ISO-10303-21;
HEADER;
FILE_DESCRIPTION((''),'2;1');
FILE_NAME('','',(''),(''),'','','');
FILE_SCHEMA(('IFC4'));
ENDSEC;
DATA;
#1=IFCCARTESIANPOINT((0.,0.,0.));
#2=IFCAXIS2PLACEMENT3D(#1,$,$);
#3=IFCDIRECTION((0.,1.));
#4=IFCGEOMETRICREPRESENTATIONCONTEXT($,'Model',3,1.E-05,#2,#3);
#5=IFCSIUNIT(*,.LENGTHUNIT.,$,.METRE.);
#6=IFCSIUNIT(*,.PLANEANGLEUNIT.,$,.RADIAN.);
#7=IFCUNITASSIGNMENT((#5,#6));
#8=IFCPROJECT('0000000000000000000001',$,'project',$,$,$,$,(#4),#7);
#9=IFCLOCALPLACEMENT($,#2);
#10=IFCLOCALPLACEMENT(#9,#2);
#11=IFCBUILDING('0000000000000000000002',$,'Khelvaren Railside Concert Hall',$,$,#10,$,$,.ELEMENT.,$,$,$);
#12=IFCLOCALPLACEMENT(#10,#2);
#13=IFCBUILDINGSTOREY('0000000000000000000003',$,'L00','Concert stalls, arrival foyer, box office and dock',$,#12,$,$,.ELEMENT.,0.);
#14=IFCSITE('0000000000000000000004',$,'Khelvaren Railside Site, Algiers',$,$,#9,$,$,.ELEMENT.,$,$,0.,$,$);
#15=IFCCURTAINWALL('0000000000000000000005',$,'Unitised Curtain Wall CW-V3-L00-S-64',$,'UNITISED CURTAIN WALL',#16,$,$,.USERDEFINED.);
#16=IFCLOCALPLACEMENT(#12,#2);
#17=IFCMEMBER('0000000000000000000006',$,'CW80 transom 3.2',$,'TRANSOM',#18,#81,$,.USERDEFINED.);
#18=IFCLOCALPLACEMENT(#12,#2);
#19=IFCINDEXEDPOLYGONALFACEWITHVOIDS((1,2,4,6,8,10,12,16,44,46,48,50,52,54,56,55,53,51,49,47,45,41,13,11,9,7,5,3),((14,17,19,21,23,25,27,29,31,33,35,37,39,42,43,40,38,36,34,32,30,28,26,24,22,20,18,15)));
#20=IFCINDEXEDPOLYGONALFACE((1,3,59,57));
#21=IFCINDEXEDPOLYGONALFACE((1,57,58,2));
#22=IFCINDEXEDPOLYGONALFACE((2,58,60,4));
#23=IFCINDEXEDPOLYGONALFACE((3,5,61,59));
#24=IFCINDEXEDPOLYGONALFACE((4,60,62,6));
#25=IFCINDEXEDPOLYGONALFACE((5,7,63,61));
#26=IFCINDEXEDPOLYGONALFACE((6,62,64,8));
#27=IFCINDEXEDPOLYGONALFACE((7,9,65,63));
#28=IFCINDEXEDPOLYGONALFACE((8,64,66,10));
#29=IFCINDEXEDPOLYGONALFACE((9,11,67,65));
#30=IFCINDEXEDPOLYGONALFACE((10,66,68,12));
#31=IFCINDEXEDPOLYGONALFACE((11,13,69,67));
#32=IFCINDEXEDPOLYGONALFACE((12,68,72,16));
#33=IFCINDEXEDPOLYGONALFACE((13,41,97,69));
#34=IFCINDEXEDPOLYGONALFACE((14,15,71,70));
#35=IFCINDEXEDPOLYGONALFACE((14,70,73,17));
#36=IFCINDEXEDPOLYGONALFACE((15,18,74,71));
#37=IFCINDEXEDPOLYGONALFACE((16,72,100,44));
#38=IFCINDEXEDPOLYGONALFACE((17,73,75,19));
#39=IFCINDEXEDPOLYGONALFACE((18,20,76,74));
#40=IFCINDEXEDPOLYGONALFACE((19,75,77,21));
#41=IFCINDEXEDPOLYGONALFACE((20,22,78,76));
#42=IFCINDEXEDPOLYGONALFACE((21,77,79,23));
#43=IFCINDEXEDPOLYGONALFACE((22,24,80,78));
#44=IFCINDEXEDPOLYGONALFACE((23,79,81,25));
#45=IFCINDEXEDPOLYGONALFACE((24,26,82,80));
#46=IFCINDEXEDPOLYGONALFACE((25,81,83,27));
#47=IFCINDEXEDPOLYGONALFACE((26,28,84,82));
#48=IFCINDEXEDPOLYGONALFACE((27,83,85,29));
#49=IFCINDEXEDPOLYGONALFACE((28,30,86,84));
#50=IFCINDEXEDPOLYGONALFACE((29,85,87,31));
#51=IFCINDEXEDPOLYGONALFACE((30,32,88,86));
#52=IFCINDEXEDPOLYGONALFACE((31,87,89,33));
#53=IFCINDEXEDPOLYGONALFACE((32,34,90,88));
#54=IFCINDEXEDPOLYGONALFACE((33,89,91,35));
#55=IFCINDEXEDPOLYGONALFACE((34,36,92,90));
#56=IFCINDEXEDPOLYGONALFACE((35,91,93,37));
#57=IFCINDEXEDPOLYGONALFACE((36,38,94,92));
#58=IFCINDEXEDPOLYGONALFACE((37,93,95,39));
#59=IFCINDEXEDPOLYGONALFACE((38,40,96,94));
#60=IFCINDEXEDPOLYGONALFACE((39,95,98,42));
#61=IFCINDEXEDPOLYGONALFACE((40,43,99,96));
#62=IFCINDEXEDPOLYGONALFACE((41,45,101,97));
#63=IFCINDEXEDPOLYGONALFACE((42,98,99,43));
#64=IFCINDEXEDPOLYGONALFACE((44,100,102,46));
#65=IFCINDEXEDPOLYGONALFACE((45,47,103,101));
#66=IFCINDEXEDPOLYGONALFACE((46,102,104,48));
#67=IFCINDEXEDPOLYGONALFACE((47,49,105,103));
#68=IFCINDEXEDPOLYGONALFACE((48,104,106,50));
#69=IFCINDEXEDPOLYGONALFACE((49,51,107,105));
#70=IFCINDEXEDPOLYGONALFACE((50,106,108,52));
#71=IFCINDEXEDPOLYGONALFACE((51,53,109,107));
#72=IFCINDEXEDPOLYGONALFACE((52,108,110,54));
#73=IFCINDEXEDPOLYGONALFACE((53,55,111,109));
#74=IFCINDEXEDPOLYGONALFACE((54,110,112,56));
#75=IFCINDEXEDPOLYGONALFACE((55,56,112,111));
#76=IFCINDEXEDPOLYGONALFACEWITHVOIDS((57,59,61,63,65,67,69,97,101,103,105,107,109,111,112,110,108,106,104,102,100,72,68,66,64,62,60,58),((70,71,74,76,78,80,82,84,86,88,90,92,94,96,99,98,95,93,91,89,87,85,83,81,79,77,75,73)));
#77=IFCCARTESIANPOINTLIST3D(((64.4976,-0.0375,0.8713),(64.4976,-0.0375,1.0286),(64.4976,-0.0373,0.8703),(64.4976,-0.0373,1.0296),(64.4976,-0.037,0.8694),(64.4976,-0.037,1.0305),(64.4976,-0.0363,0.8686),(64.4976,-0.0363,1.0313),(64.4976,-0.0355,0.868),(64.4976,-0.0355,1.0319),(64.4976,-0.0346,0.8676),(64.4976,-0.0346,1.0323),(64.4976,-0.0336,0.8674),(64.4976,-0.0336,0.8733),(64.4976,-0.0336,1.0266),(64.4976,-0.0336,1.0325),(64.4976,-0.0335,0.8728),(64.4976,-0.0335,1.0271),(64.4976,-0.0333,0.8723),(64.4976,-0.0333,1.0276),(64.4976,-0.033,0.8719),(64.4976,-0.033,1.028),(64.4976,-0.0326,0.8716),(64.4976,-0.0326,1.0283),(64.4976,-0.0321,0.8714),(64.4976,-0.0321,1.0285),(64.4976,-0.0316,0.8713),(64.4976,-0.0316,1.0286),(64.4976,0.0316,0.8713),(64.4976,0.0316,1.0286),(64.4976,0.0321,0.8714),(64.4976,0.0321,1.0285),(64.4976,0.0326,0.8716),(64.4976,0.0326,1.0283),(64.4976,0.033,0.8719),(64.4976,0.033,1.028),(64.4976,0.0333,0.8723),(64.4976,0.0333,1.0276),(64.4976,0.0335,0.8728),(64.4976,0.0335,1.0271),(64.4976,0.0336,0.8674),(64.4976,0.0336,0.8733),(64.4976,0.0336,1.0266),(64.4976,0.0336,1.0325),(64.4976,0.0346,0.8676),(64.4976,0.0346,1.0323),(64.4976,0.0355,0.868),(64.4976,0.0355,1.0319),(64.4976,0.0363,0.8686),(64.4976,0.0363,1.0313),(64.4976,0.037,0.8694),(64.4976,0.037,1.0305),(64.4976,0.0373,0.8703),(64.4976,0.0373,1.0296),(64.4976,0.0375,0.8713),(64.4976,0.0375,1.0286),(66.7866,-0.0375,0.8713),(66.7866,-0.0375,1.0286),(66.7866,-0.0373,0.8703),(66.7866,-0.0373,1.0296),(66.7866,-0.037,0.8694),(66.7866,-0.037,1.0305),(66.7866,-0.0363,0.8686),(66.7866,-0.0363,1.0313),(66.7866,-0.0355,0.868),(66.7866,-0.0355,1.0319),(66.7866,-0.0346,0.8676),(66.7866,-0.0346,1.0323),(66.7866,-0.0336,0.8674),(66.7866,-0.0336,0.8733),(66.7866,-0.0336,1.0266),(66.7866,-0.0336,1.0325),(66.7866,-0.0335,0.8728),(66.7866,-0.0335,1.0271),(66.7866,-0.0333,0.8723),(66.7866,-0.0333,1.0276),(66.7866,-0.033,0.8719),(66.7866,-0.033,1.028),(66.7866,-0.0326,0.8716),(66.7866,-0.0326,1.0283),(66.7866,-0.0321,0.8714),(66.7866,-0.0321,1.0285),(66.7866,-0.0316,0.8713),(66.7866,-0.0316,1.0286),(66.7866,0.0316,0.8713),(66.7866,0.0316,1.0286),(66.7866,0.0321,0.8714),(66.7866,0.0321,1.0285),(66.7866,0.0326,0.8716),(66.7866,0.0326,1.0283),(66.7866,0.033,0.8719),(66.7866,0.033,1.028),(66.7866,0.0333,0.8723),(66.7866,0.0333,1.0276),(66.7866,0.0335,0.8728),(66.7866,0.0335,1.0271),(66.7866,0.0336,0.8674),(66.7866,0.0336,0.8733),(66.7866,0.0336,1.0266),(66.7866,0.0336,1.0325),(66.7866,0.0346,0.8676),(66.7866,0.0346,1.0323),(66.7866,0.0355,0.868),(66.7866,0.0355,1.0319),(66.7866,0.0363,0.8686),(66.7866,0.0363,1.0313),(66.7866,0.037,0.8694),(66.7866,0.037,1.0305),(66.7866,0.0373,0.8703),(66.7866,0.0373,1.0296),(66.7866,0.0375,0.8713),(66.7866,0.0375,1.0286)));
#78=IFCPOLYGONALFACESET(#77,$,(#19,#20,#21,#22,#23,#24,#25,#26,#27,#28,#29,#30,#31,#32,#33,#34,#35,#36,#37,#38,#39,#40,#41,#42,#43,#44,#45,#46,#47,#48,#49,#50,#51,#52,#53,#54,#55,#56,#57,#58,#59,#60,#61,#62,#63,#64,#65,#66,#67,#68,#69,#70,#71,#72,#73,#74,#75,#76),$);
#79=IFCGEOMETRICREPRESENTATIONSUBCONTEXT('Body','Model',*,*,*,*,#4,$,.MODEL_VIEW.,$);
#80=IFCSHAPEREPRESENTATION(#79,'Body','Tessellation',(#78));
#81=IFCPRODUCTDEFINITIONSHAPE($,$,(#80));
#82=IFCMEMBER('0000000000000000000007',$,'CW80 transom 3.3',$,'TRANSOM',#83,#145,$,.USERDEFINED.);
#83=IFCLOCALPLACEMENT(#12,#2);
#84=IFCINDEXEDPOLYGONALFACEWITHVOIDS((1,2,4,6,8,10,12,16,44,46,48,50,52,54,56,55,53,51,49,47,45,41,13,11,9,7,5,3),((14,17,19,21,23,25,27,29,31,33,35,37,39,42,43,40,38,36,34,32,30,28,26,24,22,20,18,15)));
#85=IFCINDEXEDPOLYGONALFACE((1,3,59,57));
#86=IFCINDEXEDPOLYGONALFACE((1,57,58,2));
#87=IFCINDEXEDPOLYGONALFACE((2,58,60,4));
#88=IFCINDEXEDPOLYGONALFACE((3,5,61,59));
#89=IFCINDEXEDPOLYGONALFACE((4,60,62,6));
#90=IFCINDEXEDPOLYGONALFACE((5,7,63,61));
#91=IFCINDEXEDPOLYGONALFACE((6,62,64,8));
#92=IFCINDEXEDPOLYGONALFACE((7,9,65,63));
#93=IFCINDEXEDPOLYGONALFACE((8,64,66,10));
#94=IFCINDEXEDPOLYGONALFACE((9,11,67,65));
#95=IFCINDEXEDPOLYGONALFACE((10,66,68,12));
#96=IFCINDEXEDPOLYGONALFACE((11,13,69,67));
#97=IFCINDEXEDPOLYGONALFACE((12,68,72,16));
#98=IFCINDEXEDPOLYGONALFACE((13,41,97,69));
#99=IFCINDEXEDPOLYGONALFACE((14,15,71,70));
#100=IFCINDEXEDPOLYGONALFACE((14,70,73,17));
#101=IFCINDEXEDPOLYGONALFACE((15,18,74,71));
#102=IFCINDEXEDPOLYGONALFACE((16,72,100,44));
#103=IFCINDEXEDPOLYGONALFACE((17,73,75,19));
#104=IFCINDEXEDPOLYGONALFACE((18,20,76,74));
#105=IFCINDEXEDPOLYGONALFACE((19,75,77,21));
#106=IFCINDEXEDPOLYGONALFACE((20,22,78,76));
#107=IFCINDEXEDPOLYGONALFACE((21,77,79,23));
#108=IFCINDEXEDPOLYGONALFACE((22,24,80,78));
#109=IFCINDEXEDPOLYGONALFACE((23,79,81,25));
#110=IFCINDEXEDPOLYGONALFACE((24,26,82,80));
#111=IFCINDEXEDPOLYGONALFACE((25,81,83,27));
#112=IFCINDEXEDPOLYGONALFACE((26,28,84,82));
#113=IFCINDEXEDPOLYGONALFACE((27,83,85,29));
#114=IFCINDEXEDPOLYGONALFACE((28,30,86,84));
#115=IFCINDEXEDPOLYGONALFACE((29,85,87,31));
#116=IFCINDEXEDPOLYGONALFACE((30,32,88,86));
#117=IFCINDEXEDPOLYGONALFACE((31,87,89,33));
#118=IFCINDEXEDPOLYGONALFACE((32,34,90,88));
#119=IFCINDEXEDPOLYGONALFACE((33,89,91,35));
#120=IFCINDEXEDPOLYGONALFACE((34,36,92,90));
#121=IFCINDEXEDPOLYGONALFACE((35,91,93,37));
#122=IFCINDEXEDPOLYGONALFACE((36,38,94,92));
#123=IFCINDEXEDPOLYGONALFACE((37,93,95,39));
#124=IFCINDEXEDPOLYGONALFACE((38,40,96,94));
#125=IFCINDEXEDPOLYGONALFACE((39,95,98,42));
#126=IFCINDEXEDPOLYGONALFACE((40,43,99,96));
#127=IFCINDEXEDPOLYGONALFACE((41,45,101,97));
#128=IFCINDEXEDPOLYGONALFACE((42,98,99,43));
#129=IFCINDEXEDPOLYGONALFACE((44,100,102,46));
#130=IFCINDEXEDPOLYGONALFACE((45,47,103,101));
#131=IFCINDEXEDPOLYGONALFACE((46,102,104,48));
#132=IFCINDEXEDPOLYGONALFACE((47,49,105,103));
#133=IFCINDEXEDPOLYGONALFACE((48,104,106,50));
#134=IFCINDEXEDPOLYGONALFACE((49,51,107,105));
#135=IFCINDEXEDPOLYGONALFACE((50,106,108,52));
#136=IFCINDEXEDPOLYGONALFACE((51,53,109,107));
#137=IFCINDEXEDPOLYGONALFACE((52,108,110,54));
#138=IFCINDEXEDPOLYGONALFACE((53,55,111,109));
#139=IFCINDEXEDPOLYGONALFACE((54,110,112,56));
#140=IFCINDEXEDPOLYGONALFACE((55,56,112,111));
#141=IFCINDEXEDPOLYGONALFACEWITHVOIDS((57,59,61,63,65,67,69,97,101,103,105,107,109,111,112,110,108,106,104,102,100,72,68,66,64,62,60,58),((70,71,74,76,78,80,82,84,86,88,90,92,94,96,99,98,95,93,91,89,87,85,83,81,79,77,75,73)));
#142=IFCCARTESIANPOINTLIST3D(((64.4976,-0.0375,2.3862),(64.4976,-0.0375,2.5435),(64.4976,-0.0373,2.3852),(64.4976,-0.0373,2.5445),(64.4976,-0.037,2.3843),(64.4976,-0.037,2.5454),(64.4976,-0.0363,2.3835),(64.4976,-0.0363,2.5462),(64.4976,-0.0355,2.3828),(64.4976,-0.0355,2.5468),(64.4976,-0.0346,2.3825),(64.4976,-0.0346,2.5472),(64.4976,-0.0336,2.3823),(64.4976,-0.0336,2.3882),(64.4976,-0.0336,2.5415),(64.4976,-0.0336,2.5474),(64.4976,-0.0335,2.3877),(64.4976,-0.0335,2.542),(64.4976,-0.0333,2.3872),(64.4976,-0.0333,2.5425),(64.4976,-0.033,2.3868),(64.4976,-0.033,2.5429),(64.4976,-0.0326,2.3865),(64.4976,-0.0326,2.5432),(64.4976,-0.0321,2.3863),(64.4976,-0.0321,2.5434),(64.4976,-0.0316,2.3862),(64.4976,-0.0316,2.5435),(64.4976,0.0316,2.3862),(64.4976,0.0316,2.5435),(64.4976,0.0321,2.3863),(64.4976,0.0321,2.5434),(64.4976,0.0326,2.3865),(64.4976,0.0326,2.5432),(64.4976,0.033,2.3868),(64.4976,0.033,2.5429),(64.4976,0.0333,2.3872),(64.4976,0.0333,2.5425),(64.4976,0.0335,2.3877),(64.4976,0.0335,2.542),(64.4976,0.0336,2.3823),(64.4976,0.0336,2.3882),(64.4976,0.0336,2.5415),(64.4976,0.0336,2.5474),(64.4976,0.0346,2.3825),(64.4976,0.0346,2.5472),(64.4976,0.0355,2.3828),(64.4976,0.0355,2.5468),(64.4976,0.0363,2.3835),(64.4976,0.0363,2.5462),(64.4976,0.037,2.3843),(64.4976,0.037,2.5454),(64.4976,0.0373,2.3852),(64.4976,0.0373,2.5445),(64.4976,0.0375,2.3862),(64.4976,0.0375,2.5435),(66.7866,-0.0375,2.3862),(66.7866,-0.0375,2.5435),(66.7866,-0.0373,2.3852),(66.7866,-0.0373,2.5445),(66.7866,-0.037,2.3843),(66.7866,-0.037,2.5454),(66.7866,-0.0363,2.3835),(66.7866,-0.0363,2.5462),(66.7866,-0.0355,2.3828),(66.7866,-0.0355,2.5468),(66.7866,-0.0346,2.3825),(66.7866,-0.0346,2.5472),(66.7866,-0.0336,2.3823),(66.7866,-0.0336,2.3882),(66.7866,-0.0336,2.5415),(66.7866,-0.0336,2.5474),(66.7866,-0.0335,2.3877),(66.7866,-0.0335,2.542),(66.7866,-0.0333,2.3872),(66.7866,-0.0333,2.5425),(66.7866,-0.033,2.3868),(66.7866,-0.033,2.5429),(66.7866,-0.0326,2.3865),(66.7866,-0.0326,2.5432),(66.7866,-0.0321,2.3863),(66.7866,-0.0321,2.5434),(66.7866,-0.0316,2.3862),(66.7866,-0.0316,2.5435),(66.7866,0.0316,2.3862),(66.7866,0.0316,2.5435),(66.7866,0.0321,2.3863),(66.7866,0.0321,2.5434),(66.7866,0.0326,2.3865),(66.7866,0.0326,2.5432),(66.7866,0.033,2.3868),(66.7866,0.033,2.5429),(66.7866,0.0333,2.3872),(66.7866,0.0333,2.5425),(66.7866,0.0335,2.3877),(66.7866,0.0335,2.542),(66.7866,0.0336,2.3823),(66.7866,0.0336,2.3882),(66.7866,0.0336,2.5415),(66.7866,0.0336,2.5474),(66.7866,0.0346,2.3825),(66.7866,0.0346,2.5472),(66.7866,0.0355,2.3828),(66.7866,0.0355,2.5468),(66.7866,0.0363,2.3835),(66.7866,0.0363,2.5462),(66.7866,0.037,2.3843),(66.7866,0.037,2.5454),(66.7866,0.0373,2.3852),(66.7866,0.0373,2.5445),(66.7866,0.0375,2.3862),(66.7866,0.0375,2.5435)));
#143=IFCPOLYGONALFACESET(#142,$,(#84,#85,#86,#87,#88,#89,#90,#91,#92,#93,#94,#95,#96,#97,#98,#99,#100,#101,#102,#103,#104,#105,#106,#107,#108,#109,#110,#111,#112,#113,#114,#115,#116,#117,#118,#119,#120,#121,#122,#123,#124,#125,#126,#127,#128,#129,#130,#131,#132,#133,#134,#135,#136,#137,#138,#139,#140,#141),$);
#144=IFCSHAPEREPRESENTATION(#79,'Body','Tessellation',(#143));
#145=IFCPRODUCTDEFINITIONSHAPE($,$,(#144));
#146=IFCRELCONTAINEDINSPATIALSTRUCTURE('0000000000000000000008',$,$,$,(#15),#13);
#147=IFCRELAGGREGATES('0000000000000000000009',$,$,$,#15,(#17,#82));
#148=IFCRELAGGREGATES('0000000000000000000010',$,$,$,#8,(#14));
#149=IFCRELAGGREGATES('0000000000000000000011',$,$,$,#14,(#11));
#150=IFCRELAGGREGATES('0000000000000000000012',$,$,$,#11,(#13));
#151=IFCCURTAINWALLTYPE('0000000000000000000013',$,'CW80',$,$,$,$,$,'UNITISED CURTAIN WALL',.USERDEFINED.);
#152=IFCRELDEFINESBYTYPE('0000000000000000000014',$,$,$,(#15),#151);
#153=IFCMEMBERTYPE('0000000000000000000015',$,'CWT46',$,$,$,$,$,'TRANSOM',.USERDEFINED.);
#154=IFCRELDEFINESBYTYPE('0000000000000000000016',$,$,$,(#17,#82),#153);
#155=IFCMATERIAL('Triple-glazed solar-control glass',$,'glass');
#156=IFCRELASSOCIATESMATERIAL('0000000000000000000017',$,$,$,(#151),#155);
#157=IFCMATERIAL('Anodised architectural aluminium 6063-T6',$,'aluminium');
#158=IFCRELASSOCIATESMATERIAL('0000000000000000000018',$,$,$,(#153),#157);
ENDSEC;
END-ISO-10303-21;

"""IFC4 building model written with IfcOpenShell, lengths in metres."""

from ifc_helpers import new_model, si_unit, direction, frame, origin, origin_2d, place, context, subcontext, project, spatial, hollow_rectangle, extrude, material, material_profile, profile_set, type_object, element, aggregate, save


model = new_model("IFC4")

# Units and contexts
model_context = context("Model", 3, precision=1e-05, world=origin(), true_north=direction((0.0, 1.0)))
body_context = subcontext(model_context, "Body", "Model", "MODEL_VIEW")
ifc_project = project(units=[si_unit("LENGTHUNIT", "METRE"), si_unit("PLANEANGLEUNIT", "RADIAN")], contexts=[model_context])

# Site, building, storey
site_placement = place(None, origin())
site = spatial("IfcSite", under=ifc_project, at=site_placement, Name="Khelvaren Railside Site, Algiers", CompositionType="ELEMENT", RefElevation=0.0)
building_placement = place(site_placement, origin())
building = spatial("IfcBuilding", under=site, at=building_placement, Name="Khelvaren Railside Concert Hall", CompositionType="ELEMENT")
storey_placement = place(building_placement, origin())
storey = spatial("IfcBuildingStorey", under=building, at=storey_placement, Name="L00", Description="Concert stalls, arrival foyer, box office and dock", CompositionType="ELEMENT", Elevation=0.0)

# Curtain wall, members
ifc_material_1 = material(Name="Triple-glazed solar-control glass", Category="glass")
curtain_wall_type = type_object("IfcCurtainWallType", Name="CW80", ElementType="UNITISED CURTAIN WALL", PredefinedType="USERDEFINED", material=ifc_material_1)
curtain_wall_placement = place(storey_placement, origin())
curtain_wall = element("IfcCurtainWall", 1, at=curtain_wall_placement, inside=storey, type_object=curtain_wall_type, Name="Unitised Curtain Wall CW-V3-L00-S-64", ObjectType="UNITISED CURTAIN WALL", PredefinedType="USERDEFINED")
ifc_material_2 = material(Name="Anodised architectural aluminium 6063-T6", Category="aluminium")
ifc_material_profile_1 = material_profile(ifc_material_2, hollow_rectangle(XDim=0.075, YDim=0.165, WallThickness=0.0039, InnerFilletRadius=0.002, OuterFilletRadius=0.0039, at=origin_2d()), Name="CWT 75x165x4")
ifc_profile_set_1 = profile_set([ifc_material_profile_1], Name="Anodised architectural aluminium 6063-T6")
member_type_1 = type_object("IfcMemberType", Name="CWT46", ElementType="TRANSOM", PredefinedType="USERDEFINED", material=ifc_profile_set_1)
member_1_placement = place(storey_placement, frame((66.7866, 0.0, 0.95), z_axis=(-1.0, 0.0, 0.0), x_axis=(0.0, -1.0, 0.0)))
member_1 = element("IfcMember", 2, at=member_1_placement, type_object=member_type_1, Name="CW80 transom 3.2", ObjectType="TRANSOM", PredefinedType="USERDEFINED", context=body_context, shape_type="SweptSolid", body=[
    extrude(hollow_rectangle(XDim=0.075, YDim=0.165, WallThickness=0.0039, InnerFilletRadius=0.002, OuterFilletRadius=0.0039, at=origin_2d()), origin(), (0.0, 0.0, 1.0), 2.2891),
])
member_2_placement = place(storey_placement, frame((66.7866, 0.0, 2.4648), z_axis=(-1.0, 0.0, 0.0), x_axis=(0.0, -1.0, 0.0)))
member_2 = element("IfcMember", 3, at=member_2_placement, type_object=member_type_1, Name="CW80 transom 3.3", ObjectType="TRANSOM", PredefinedType="USERDEFINED", context=body_context, shape_type="SweptSolid", body=[
    extrude(hollow_rectangle(XDim=0.075, YDim=0.165, WallThickness=0.0039, InnerFilletRadius=0.002, OuterFilletRadius=0.0039, at=origin_2d()), origin(), (0.0, 0.0, 1.0), 2.2891),
])

aggregate(curtain_wall, [member_1, member_2])

save(model, "model.ifc")
